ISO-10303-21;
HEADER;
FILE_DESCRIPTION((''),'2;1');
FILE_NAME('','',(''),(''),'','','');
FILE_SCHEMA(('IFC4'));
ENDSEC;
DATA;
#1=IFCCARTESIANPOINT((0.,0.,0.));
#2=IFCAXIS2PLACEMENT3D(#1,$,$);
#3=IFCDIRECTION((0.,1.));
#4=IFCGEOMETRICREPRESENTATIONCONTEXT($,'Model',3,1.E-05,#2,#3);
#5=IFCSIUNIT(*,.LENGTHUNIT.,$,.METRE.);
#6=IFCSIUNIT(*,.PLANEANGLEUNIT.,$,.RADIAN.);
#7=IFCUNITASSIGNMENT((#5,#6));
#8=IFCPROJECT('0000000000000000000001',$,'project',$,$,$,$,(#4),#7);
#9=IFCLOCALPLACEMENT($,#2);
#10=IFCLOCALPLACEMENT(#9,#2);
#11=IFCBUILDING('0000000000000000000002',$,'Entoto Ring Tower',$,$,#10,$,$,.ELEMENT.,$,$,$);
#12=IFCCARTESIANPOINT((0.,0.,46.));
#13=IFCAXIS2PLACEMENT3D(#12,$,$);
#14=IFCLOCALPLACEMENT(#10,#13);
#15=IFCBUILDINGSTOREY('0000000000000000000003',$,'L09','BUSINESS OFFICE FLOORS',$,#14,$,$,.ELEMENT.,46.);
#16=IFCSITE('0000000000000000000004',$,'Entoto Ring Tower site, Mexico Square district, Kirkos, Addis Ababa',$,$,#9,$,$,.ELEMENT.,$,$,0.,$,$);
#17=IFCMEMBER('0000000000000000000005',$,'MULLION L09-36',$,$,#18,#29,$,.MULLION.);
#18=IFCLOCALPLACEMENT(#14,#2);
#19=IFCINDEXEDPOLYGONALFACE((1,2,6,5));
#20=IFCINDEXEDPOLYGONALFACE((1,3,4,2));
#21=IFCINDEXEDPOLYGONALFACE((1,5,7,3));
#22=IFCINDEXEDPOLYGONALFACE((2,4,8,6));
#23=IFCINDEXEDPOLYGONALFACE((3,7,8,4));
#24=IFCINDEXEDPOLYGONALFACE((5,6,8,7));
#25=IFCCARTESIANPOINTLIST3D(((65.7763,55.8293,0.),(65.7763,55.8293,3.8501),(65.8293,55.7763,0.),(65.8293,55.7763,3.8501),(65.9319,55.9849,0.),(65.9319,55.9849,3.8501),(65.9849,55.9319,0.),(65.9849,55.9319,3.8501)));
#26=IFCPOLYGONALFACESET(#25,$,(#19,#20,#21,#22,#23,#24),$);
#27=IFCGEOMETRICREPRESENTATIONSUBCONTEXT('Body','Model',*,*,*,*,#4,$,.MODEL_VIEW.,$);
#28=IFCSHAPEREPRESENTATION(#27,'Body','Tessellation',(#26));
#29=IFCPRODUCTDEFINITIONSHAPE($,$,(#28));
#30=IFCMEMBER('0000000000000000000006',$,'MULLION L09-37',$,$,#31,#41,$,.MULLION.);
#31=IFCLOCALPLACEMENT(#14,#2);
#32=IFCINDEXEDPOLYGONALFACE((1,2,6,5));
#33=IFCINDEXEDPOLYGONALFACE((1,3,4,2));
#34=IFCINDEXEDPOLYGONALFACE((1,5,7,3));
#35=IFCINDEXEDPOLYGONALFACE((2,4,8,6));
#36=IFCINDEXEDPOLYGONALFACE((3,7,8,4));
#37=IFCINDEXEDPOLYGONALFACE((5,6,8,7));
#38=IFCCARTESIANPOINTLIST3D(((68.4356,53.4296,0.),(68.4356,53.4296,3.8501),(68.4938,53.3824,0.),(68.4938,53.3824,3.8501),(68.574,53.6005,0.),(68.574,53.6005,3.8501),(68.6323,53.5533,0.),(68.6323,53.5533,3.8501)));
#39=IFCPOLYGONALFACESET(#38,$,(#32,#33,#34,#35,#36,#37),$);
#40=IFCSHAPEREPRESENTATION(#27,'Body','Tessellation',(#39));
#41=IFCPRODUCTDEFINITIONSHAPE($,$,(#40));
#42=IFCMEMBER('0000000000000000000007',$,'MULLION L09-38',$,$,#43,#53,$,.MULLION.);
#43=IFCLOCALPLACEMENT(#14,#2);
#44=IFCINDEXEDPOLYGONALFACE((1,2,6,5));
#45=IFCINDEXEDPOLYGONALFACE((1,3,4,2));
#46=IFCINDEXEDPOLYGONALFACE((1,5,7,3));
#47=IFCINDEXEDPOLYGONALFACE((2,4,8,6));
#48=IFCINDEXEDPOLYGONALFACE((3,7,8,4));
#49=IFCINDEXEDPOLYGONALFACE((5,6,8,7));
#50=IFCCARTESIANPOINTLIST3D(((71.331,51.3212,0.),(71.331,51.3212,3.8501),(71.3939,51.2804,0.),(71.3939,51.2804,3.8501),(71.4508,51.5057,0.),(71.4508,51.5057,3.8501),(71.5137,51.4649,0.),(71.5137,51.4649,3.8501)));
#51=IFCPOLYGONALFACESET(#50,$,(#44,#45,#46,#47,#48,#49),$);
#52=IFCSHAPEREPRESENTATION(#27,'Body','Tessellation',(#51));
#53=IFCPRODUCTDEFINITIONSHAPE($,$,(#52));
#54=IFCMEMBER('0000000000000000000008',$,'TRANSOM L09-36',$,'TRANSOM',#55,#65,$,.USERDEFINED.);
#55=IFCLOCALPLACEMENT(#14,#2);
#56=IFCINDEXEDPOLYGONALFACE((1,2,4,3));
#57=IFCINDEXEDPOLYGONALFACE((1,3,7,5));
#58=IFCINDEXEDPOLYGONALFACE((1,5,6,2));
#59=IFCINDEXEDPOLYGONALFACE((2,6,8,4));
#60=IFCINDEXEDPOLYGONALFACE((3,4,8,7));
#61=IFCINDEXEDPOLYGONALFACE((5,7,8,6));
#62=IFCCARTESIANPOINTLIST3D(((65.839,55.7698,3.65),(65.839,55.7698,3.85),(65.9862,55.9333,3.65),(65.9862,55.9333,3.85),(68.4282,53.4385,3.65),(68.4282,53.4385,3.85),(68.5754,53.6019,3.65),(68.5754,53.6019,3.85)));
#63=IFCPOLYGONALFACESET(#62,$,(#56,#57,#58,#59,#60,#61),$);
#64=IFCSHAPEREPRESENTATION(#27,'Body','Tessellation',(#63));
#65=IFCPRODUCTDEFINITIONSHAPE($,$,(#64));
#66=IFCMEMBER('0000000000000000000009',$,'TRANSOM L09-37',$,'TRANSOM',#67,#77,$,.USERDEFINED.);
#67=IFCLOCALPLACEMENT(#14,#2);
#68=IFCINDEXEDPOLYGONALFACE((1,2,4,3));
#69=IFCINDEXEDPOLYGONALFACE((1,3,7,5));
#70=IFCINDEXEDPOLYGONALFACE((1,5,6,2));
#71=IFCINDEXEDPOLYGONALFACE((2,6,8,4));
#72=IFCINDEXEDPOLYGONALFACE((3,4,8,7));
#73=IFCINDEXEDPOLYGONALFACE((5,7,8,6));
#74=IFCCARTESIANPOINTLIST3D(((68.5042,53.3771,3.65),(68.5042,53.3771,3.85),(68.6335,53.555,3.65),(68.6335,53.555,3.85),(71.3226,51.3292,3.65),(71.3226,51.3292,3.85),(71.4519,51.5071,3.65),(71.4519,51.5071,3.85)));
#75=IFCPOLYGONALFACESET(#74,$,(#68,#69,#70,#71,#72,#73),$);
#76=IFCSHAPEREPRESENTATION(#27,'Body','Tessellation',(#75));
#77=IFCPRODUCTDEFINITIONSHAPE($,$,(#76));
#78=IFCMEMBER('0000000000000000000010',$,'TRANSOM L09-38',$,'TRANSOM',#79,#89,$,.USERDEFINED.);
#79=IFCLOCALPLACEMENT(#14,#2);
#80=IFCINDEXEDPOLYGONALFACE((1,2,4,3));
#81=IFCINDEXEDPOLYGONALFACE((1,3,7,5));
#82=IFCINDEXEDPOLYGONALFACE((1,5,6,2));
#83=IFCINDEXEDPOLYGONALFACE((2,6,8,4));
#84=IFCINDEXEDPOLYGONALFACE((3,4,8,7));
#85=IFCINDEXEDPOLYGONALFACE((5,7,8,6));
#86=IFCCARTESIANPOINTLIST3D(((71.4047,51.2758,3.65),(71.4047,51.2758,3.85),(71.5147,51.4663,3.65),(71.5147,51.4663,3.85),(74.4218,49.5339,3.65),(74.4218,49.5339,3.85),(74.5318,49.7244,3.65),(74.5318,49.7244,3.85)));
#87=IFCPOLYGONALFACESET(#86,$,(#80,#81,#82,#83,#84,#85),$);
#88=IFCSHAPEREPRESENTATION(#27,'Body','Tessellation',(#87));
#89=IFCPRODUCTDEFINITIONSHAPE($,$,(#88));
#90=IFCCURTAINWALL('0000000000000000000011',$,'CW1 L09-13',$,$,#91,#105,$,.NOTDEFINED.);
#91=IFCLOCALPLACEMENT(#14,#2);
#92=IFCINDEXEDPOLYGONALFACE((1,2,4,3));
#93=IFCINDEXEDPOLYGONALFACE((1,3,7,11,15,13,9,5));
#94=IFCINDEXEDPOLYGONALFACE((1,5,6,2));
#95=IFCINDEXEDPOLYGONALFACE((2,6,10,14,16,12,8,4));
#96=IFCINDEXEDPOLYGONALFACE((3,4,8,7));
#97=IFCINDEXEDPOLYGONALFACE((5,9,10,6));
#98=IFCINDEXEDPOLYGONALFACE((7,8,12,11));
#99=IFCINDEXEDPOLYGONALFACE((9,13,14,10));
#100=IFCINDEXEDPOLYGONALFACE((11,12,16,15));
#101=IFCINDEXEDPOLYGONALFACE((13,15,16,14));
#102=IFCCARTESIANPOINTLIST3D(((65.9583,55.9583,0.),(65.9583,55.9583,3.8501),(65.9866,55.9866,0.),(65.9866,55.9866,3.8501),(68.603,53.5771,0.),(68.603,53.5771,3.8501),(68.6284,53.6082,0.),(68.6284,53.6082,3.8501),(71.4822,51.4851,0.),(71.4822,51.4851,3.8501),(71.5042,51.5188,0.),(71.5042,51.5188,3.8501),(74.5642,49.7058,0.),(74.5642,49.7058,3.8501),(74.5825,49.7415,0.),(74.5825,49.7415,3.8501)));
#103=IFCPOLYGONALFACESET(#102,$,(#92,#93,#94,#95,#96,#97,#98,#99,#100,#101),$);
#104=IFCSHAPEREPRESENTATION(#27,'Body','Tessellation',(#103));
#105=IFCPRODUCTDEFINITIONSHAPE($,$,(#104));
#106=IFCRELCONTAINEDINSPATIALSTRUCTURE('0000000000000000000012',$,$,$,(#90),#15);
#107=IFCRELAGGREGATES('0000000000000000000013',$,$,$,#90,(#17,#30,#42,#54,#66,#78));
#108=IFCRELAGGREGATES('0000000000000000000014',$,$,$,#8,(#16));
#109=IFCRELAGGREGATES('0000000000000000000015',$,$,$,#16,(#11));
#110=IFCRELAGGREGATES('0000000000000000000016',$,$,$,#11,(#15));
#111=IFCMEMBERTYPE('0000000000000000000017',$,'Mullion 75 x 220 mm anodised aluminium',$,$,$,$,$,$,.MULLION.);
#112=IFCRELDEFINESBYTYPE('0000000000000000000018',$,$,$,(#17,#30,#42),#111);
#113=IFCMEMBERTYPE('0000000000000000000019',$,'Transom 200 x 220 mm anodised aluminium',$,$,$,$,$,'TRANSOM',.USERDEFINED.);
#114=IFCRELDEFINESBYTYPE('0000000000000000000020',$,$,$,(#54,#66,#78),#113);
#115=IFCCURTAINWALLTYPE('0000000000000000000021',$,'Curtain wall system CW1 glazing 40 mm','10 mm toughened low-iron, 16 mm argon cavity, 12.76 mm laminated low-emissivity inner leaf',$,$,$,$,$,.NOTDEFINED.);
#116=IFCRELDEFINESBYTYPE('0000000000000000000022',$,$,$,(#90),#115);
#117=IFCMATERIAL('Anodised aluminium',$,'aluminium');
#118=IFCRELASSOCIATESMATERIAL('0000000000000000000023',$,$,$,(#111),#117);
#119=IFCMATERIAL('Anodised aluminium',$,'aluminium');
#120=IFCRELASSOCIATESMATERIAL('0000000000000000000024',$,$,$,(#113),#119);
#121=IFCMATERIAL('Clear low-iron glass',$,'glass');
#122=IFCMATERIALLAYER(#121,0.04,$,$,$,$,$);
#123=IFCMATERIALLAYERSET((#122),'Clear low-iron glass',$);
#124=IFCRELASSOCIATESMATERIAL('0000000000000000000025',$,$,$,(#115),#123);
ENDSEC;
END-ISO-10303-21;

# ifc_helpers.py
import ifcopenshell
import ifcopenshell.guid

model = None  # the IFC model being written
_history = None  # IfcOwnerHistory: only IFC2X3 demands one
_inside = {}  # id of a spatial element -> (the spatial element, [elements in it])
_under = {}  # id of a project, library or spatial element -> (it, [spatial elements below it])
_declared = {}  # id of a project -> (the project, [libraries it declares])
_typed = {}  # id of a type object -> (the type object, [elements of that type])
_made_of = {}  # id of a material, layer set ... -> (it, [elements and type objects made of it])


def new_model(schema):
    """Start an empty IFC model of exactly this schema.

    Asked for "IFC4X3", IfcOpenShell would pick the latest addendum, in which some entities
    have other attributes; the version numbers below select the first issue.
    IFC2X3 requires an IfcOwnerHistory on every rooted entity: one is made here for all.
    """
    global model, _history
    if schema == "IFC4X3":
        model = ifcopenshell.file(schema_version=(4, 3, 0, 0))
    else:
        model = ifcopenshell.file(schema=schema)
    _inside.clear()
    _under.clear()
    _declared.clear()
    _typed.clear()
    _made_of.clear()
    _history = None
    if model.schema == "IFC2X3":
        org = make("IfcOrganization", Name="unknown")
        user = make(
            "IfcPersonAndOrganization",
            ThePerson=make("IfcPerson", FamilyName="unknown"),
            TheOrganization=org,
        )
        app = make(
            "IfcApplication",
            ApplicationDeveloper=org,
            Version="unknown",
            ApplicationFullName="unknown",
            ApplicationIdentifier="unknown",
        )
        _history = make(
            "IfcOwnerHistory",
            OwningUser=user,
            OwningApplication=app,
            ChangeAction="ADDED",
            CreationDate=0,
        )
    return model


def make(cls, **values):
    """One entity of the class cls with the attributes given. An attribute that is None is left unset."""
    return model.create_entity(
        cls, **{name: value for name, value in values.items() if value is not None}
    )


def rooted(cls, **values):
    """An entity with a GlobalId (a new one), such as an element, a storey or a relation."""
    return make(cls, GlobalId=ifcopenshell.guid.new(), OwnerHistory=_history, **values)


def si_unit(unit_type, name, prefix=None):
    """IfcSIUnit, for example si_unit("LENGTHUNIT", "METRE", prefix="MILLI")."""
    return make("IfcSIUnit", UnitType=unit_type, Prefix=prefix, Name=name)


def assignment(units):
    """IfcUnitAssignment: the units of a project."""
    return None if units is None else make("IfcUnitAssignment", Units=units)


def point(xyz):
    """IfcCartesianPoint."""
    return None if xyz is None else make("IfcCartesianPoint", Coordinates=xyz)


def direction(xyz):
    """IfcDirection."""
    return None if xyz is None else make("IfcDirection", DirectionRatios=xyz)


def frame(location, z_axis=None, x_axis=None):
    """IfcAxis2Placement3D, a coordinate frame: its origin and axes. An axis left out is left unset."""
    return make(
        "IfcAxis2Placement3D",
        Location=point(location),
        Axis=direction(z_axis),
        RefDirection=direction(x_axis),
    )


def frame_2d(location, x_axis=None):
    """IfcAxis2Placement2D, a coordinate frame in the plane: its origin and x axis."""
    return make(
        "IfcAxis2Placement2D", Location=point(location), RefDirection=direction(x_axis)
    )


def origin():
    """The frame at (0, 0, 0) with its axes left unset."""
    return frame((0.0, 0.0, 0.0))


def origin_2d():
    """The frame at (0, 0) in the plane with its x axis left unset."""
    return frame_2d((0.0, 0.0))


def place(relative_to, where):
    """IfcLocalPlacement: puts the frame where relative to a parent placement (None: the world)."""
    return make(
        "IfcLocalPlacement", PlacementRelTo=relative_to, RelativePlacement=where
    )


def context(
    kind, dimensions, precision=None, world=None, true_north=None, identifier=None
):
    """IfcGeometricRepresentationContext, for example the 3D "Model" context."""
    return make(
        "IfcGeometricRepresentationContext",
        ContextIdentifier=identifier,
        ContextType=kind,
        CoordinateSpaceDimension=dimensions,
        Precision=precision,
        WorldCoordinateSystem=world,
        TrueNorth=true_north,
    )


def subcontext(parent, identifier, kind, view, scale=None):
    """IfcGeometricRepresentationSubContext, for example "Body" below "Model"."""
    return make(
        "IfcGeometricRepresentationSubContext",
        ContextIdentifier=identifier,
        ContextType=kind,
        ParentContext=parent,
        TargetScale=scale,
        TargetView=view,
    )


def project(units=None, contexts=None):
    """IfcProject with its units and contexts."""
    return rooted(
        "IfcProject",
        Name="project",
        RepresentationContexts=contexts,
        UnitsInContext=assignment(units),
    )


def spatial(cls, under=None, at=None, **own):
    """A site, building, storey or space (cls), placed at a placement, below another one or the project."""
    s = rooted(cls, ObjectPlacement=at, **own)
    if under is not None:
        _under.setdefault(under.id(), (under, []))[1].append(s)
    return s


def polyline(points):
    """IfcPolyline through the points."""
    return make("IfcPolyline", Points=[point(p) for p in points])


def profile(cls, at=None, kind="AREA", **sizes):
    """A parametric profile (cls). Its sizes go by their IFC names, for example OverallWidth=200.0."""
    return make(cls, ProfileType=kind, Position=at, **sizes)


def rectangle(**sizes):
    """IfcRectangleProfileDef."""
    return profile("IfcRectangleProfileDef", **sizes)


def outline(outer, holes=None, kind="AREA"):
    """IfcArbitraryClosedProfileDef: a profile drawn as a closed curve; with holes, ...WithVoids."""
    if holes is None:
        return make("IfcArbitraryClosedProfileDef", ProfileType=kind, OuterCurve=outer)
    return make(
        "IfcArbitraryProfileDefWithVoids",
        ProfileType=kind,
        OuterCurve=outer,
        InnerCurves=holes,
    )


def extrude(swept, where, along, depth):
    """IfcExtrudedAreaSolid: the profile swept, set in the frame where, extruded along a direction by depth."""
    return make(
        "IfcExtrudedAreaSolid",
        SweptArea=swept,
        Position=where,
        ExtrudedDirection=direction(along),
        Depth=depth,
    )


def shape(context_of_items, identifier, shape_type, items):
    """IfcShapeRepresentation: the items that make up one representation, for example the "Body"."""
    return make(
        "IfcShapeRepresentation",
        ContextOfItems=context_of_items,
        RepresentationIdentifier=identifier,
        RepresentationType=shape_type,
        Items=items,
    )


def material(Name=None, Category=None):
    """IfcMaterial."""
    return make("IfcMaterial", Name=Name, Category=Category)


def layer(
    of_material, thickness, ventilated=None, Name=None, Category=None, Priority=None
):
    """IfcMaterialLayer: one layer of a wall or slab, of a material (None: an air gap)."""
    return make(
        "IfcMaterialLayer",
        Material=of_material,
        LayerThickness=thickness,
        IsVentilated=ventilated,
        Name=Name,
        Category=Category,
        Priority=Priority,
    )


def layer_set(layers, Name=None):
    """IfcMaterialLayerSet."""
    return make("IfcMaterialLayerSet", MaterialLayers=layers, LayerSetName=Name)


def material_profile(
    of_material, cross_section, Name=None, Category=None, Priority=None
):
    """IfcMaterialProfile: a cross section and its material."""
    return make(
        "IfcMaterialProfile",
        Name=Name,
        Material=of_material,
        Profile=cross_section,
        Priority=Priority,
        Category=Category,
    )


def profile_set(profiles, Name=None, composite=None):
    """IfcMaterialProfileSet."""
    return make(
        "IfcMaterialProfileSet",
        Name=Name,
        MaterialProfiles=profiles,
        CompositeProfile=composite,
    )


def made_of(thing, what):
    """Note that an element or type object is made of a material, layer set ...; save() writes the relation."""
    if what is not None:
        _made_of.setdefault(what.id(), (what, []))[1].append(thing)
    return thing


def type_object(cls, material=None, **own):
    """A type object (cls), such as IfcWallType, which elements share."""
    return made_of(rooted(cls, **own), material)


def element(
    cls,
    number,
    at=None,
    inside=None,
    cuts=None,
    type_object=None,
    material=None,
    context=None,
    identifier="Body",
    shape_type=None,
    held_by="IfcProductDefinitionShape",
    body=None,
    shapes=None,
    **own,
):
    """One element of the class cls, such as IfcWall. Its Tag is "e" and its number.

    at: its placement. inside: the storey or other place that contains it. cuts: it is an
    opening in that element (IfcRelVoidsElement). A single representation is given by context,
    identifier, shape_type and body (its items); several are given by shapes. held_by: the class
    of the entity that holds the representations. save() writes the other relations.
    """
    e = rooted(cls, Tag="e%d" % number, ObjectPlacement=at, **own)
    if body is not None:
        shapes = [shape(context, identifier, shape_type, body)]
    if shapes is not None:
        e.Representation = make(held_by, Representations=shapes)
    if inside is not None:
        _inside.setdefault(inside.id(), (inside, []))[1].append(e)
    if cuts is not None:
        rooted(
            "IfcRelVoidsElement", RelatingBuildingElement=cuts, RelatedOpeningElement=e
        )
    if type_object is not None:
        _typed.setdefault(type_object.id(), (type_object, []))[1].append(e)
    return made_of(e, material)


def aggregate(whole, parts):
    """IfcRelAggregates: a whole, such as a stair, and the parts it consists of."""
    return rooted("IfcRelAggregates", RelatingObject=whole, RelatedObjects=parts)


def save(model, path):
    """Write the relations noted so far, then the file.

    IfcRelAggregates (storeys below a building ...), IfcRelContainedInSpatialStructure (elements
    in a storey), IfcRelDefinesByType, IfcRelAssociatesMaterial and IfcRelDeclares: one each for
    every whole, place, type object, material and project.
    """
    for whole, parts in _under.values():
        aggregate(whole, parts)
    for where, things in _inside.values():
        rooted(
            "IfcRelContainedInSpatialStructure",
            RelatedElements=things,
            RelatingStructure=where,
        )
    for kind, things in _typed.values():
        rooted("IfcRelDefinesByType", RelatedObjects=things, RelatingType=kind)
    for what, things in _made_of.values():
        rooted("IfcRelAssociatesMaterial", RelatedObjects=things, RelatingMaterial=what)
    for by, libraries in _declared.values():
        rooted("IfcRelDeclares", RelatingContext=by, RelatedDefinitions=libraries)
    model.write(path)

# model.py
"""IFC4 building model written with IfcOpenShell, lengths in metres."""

from ifc_helpers import new_model, si_unit, direction, frame, origin, origin_2d, place, context, subcontext, project, spatial, polyline, rectangle, outline, extrude, material, layer, layer_set, material_profile, profile_set, type_object, element, aggregate, save


model = new_model("IFC4")

# Units and contexts
model_context = context("Model", 3, precision=1e-05, world=origin(), true_north=direction((0.0, 1.0)))
body_context = subcontext(model_context, "Body", "Model", "MODEL_VIEW")
ifc_project = project(units=[si_unit("LENGTHUNIT", "METRE"), si_unit("PLANEANGLEUNIT", "RADIAN")], contexts=[model_context])

# Members
ifc_material_1 = material(Name="Anodised aluminium", Category="aluminium")
ifc_material_profile_1 = material_profile(ifc_material_1, rectangle(XDim=0.075, YDim=0.22, at=origin_2d()), Name="Mullion 75 x 220 mm anodised aluminium")
ifc_profile_set_1 = profile_set([ifc_material_profile_1], Name="Anodised aluminium")
member_type_1 = type_object("IfcMemberType", Name="Mullion 75 x 220 mm anodised aluminium", PredefinedType="MULLION", material=ifc_profile_set_1)
site_placement = place(None, origin())
building_placement = place(site_placement, origin())
storey_placement = place(building_placement, frame((0.0, 0.0, 46.0)))
member_1_placement = place(storey_placement, frame((65.8806, 55.8806, 0.0), z_axis=(0.0, 0.0, 1.0), x_axis=(0.707107, -0.707107, 0.0)))
member_1 = element("IfcMember", 1, at=member_1_placement, type_object=member_type_1, Name="MULLION L09-36", PredefinedType="MULLION", context=body_context, shape_type="SweptSolid", body=[
    extrude(rectangle(XDim=0.075, YDim=0.22, at=origin_2d()), origin(), (0.0, 0.0, 1.0), 3.8501),
])
member_2_placement = place(storey_placement, frame((68.5339, 53.4915, 0.0), z_axis=(0.0, 0.0, 1.0), x_axis=(0.777146, -0.62932, 0.0)))
member_2 = element("IfcMember", 2, at=member_2_placement, type_object=member_type_1, Name="MULLION L09-37", PredefinedType="MULLION", context=body_context, shape_type="SweptSolid", body=[
    extrude(rectangle(XDim=0.075, YDim=0.22, at=origin_2d()), origin(), (0.0, 0.0, 1.0), 3.8501),
])
member_3_placement = place(storey_placement, frame((71.4224, 51.3931, 0.0), z_axis=(0.0, 0.0, 1.0), x_axis=(0.838671, -0.544639, 0.0)))
member_3 = element("IfcMember", 3, at=member_3_placement, type_object=member_type_1, Name="MULLION L09-38", PredefinedType="MULLION", context=body_context, shape_type="SweptSolid", body=[
    extrude(rectangle(XDim=0.075, YDim=0.22, at=origin_2d()), origin(), (0.0, 0.0, 1.0), 3.8501),
])
ifc_material_2 = material(Name="Anodised aluminium", Category="aluminium")
ifc_material_profile_2 = material_profile(ifc_material_2, rectangle(XDim=0.22, YDim=0.2, at=origin_2d()), Name="Transom 200 x 220 mm anodised aluminium")
ifc_profile_set_2 = profile_set([ifc_material_profile_2], Name="Anodised aluminium")
member_type_2 = type_object("IfcMemberType", Name="Transom 200 x 220 mm anodised aluminium", ElementType="TRANSOM", PredefinedType="USERDEFINED", material=ifc_profile_set_2)
member_4_placement = place(storey_placement, frame((65.9126, 55.8516, 3.75), z_axis=(0.743137, -0.669139, 0.0), x_axis=(0.669139, 0.743137, 0.0)))
member_4 = element("IfcMember", 4, at=member_4_placement, type_object=member_type_2, Name="TRANSOM L09-36", ObjectType="TRANSOM", PredefinedType="USERDEFINED", context=body_context, shape_type="SweptSolid", body=[
    extrude(rectangle(XDim=0.22, YDim=0.2, at=origin_2d()), origin(), (0.0, 0.0, 1.0), 3.4841),
])
member_5_placement = place(storey_placement, frame((68.5688, 53.4661, 3.75), z_axis=(0.808991, -0.587822, 0.0), x_axis=(0.587822, 0.808991, 0.0)))
member_5 = element("IfcMember", 5, at=member_5_placement, type_object=member_type_2, Name="TRANSOM L09-37", ObjectType="TRANSOM", PredefinedType="USERDEFINED", context=body_context, shape_type="SweptSolid", body=[
    extrude(rectangle(XDim=0.22, YDim=0.2, at=origin_2d()), origin(), (0.0, 0.0, 1.0), 3.4839),
])
member_6_placement = place(storey_placement, frame((71.4597, 51.3711, 3.75), z_axis=(0.866022, -0.500006, 0.0), x_axis=(0.500006, 0.866022, 0.0)))
member_6 = element("IfcMember", 6, at=member_6_placement, type_object=member_type_2, Name="TRANSOM L09-38", ObjectType="TRANSOM", PredefinedType="USERDEFINED", context=body_context, shape_type="SweptSolid", body=[
    extrude(rectangle(XDim=0.22, YDim=0.2, at=origin_2d()), origin(), (0.0, 0.0, 1.0), 3.4839),
])

# Site, building, storey
site = spatial("IfcSite", under=ifc_project, at=site_placement, Name="Entoto Ring Tower site, Mexico Square district, Kirkos, Addis Ababa", CompositionType="ELEMENT", RefElevation=0.0)
building = spatial("IfcBuilding", under=site, at=building_placement, Name="Entoto Ring Tower", CompositionType="ELEMENT")
storey = spatial("IfcBuildingStorey", under=building, at=storey_placement, Name="L09", Description="BUSINESS OFFICE FLOORS", CompositionType="ELEMENT", Elevation=46.0)

# Curtain wall
ifc_material_3 = material(Name="Clear low-iron glass", Category="glass")
ifc_layer = layer(ifc_material_3, 0.04)
ifc_layer_set = layer_set([ifc_layer], Name="Clear low-iron glass")
curtain_wall_type = type_object("IfcCurtainWallType", Name="Curtain wall system CW1 glazing 40 mm", Description="10 mm toughened low-iron, 16 mm argon cavity, 12.76 mm laminated low-emissivity inner leaf", PredefinedType="NOTDEFINED", material=ifc_layer_set)
curtain_wall_1_placement = place(storey_placement, origin())
curtain_wall_1 = element("IfcCurtainWall", 7, at=curtain_wall_1_placement, inside=storey, type_object=curtain_wall_type, Name="CW1 L09-13", PredefinedType="NOTDEFINED", context=body_context, shape_type="SweptSolid", body=[
    extrude(outline(polyline([(65.9583, 55.9583), (68.603, 53.5771), (71.4822, 51.4851), (74.5642, 49.7058), (74.5825, 49.7415), (71.5042, 51.5188), (68.6284, 53.6082), (65.9866, 55.9866), (65.9583, 55.9583)])), origin(), (0.0, 0.0, 1.0), 3.8501),
])
aggregate(curtain_wall_1, [member_1, member_2, member_3, member_4, member_5, member_6])

save(model, "model.ifc")
